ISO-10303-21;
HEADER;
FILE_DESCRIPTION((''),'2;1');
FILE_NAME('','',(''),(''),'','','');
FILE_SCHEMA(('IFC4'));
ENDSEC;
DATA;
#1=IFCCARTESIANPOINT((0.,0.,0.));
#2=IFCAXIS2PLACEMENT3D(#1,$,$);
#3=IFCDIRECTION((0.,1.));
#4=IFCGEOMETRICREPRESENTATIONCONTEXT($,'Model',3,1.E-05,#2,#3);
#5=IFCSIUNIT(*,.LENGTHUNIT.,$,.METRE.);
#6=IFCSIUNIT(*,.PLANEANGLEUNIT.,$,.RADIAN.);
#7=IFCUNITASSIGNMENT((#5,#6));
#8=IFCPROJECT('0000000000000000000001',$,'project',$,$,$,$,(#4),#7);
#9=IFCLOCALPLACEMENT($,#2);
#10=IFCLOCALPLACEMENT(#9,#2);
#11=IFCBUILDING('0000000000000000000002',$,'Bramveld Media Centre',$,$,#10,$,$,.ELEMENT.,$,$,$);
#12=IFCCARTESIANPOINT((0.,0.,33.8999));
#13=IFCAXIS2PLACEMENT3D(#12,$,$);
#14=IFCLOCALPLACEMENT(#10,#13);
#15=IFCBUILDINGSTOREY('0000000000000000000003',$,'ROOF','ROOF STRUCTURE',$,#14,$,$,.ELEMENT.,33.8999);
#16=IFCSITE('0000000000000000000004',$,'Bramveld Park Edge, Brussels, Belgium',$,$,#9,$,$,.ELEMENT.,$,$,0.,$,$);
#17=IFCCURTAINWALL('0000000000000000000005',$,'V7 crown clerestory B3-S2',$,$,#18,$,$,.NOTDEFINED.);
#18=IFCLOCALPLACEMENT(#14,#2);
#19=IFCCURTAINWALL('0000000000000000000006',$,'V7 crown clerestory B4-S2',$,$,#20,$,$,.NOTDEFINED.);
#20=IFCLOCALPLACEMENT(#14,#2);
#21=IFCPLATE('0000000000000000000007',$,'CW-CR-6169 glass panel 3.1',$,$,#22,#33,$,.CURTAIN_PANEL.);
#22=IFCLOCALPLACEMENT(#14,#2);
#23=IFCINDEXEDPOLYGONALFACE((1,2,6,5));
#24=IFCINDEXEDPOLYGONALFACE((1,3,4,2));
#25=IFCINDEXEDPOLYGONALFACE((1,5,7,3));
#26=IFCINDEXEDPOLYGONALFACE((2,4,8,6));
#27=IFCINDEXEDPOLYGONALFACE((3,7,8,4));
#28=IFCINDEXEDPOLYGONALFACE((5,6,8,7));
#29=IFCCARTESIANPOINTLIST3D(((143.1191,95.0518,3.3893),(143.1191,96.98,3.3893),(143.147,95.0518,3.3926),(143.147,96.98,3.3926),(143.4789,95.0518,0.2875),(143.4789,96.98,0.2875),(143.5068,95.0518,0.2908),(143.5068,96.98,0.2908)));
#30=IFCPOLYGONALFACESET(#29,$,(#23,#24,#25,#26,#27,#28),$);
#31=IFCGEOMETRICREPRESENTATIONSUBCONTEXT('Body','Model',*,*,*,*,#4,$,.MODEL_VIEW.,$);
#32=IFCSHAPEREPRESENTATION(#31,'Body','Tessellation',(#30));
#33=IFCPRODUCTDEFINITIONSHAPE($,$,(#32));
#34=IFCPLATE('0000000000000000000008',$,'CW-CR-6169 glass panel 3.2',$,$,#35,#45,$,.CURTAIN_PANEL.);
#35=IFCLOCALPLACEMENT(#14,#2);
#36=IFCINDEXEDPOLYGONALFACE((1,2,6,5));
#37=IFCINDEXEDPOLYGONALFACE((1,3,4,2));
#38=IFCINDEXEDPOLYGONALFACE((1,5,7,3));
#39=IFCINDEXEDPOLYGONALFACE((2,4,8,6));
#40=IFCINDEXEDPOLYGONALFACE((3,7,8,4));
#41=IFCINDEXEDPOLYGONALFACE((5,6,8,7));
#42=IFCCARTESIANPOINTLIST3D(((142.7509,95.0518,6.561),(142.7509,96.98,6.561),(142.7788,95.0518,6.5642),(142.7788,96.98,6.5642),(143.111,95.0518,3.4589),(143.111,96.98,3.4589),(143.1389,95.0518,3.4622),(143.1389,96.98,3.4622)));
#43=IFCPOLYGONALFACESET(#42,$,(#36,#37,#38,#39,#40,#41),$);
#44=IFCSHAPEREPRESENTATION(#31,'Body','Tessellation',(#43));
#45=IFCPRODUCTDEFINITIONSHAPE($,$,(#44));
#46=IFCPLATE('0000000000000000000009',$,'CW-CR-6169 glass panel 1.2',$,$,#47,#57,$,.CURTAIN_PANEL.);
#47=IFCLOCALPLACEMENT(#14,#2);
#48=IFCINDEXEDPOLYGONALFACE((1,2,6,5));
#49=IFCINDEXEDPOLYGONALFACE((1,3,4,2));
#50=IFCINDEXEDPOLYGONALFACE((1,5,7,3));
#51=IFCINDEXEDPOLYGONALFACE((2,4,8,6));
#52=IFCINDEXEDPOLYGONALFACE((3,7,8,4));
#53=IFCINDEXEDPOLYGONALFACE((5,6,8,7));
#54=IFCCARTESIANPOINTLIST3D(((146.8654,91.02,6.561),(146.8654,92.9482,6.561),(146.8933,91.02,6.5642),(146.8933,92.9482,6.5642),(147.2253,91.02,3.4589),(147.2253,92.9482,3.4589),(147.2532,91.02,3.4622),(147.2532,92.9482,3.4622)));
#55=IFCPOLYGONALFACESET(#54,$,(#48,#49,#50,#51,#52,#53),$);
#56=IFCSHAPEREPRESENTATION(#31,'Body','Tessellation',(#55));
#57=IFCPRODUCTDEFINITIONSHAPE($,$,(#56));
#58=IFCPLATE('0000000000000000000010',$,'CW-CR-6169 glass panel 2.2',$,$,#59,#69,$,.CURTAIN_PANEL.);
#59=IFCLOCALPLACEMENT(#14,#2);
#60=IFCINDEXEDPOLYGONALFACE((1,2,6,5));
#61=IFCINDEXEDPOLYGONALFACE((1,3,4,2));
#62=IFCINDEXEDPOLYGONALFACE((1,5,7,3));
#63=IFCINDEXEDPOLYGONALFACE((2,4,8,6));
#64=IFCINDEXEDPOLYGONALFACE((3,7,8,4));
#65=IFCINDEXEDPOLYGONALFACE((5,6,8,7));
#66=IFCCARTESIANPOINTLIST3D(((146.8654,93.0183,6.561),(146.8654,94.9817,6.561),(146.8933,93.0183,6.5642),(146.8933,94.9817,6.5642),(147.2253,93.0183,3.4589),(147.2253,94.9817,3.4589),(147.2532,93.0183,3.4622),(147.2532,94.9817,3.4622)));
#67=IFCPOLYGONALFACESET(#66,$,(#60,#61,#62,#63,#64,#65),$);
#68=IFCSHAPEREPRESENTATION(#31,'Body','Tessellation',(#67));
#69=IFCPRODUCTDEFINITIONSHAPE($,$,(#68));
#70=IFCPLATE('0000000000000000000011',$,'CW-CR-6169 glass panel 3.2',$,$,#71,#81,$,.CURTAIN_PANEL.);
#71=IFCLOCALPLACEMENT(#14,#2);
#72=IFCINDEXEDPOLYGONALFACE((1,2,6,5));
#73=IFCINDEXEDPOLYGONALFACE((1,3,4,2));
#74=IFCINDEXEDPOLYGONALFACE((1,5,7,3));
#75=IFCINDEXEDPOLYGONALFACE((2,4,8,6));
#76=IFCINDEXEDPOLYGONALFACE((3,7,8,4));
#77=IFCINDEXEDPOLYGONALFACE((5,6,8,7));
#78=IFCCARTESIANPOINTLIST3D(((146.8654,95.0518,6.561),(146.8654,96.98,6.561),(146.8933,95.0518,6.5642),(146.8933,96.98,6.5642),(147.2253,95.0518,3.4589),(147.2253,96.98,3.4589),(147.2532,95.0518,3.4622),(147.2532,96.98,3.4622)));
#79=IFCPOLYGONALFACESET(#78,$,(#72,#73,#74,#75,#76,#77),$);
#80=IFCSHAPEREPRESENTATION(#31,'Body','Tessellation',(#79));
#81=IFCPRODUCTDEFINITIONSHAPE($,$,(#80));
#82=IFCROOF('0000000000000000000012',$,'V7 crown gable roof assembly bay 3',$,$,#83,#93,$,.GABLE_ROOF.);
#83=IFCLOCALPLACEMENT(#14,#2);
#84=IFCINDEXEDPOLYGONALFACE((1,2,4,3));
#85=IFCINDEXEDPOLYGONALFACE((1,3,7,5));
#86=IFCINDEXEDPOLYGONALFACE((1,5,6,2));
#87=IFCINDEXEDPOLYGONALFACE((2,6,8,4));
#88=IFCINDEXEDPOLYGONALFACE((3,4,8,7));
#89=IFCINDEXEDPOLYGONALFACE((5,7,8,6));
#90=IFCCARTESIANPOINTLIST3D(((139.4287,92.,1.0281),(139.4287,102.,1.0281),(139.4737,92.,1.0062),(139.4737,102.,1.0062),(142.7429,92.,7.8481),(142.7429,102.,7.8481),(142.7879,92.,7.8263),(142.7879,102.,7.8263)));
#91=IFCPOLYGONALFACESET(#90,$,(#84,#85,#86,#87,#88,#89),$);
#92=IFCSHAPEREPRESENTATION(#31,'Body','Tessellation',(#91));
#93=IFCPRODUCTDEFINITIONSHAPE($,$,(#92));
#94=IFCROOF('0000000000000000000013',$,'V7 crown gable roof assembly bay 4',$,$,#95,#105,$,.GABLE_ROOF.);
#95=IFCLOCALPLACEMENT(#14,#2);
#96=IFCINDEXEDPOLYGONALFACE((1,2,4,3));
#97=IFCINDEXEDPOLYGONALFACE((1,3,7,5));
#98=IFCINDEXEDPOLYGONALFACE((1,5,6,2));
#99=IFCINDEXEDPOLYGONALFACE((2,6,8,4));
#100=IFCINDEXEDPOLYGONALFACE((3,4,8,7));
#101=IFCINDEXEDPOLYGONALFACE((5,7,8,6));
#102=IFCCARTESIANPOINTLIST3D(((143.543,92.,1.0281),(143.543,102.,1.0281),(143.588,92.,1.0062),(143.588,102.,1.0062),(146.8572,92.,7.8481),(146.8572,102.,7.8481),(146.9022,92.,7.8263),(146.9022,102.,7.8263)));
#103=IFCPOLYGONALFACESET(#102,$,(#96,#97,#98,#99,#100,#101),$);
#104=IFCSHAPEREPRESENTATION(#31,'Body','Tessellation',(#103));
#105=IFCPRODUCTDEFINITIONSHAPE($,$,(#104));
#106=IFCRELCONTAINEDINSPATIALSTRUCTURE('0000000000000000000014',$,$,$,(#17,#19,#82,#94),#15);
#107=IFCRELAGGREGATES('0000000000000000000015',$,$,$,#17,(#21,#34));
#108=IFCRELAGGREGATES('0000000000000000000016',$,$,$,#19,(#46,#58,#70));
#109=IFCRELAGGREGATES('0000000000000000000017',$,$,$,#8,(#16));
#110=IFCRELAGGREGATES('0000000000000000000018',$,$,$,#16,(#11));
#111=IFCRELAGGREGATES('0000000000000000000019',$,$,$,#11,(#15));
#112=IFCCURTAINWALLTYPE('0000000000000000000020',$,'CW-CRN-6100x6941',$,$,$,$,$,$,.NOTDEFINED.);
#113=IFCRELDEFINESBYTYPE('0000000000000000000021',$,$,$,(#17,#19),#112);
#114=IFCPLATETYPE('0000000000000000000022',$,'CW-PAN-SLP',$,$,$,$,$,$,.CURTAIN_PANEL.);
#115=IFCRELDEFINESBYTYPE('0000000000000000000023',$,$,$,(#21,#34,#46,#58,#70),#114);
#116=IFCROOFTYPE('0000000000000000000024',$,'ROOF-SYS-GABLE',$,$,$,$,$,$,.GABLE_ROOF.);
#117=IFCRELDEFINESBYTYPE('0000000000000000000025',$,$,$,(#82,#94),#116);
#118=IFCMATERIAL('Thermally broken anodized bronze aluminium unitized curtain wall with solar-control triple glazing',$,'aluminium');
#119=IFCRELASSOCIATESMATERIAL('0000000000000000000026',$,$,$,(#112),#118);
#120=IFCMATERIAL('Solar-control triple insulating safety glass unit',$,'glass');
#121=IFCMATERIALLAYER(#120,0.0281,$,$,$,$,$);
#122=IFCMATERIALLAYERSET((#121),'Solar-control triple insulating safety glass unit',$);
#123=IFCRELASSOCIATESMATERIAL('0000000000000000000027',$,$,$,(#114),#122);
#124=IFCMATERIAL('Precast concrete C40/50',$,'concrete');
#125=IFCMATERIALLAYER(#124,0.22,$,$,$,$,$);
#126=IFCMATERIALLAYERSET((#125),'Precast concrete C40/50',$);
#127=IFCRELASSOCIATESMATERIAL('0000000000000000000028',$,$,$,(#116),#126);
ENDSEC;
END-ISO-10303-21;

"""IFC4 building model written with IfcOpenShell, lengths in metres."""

from ifc_helpers import new_model, si_unit, direction, frame, origin, place, context, subcontext, project, spatial, polyline, outline, extrude, material, layer, layer_set, type_object, element, aggregate, save


model = new_model("IFC4")

# Units and contexts
model_context = context("Model", 3, precision=1e-05, world=origin(), true_north=direction((0.0, 1.0)))
body_context = subcontext(model_context, "Body", "Model", "MODEL_VIEW")
ifc_project = project(units=[si_unit("LENGTHUNIT", "METRE"), si_unit("PLANEANGLEUNIT", "RADIAN")], contexts=[model_context])

# Site, building, storey
site_placement = place(None, origin())
site = spatial("IfcSite", under=ifc_project, at=site_placement, Name="Bramveld Park Edge, Brussels, Belgium", CompositionType="ELEMENT", RefElevation=0.0)
building_placement = place(site_placement, origin())
building = spatial("IfcBuilding", under=site, at=building_placement, Name="Bramveld Media Centre", CompositionType="ELEMENT")
storey_placement = place(building_placement, frame((0.0, 0.0, 33.8999)))
storey = spatial("IfcBuildingStorey", under=building, at=storey_placement, Name="ROOF", Description="ROOF STRUCTURE", CompositionType="ELEMENT", Elevation=33.8999)

# Curtain wall
ifc_material_1 = material(Name="Thermally broken anodized bronze aluminium unitized curtain wall with solar-control triple glazing", Category="aluminium")
curtain_wall_type = type_object("IfcCurtainWallType", Name="CW-CRN-6100x6941", PredefinedType="NOTDEFINED", material=ifc_material_1)
curtain_wall_1_placement = place(storey_placement, origin())
curtain_wall_1 = element("IfcCurtainWall", 1, at=curtain_wall_1_placement, inside=storey, type_object=curtain_wall_type, Name="V7 crown clerestory B3-S2", PredefinedType="NOTDEFINED")

# Curtain wall
curtain_wall_2_placement = place(storey_placement, origin())
curtain_wall_2 = element("IfcCurtainWall", 2, at=curtain_wall_2_placement, inside=storey, type_object=curtain_wall_type, Name="V7 crown clerestory B4-S2", PredefinedType="NOTDEFINED")

# Plates
ifc_material_2 = material(Name="Solar-control triple insulating safety glass unit", Category="glass")
ifc_layer_1 = layer(ifc_material_2, 0.0281)
ifc_layer_set_1 = layer_set([ifc_layer_1], Name="Solar-control triple insulating safety glass unit")
plate_type = type_object("IfcPlateType", Name="CW-PAN-SLP", PredefinedType="CURTAIN_PANEL", material=ifc_layer_set_1)
plate_1_placement = place(storey_placement, frame((143.5068, 95.0518, 0.2908), z_axis=(0.993337, 0.0, 0.115244), x_axis=(0.0, 1.0, 0.0)))
plate_1 = element("IfcPlate", 3, at=plate_1_placement, type_object=plate_type, Name="CW-CR-6169 glass panel 3.1", PredefinedType="CURTAIN_PANEL", context=body_context, shape_type="SweptSolid", body=[
    extrude(outline(polyline([(0.0, 0.0), (1.9282, 0.0), (1.9282, 3.1226), (0.0, 3.1226), (0.0, 0.0)])), origin(), (0.0, 0.0, -1.0), 0.0281),
])
plate_2_placement = place(storey_placement, frame((143.1389, 95.0518, 3.4622), z_axis=(0.993329, 0.0, 0.115313), x_axis=(0.0, 1.0, 0.0)))
plate_2 = element("IfcPlate", 4, at=plate_2_placement, type_object=plate_type, Name="CW-CR-6169 glass panel 3.2", PredefinedType="CURTAIN_PANEL", context=body_context, shape_type="SweptSolid", body=[
    extrude(outline(polyline([(0.0, 0.0), (1.9282, 0.0), (1.9282, 3.1229), (0.0, 3.1229), (0.0, 0.0)])), origin(), (0.0, 0.0, -1.0), 0.0281),
])
aggregate(curtain_wall_1, [plate_1, plate_2])
plate_3_placement = place(storey_placement, frame((147.2532, 91.02, 3.4622), z_axis=(0.993338, 0.0, 0.115235), x_axis=(0.0, 1.0, 0.0)))
plate_3 = element("IfcPlate", 5, at=plate_3_placement, type_object=plate_type, Name="CW-CR-6169 glass panel 1.2", PredefinedType="CURTAIN_PANEL", context=body_context, shape_type="SweptSolid", body=[
    extrude(outline(polyline([(0.0, 0.0), (1.9282, 0.0), (1.9282, 3.1229), (0.0, 3.1229), (0.0, 0.0)])), origin(), (0.0, 0.0, -1.0), 0.0281),
])
plate_4_placement = place(storey_placement, frame((147.2532, 93.0183, 3.4622), z_axis=(0.993338, 0.0, 0.115235), x_axis=(0.0, 1.0, 0.0)))
plate_4 = element("IfcPlate", 6, at=plate_4_placement, type_object=plate_type, Name="CW-CR-6169 glass panel 2.2", PredefinedType="CURTAIN_PANEL", context=body_context, shape_type="SweptSolid", body=[
    extrude(outline(polyline([(0.0, 0.0), (1.9634, 0.0), (1.9634, 3.1229), (0.0, 3.1229), (0.0, 0.0)])), origin(), (0.0, 0.0, -1.0), 0.0281),
])
plate_5_placement = place(storey_placement, frame((147.2532, 95.0518, 3.4622), z_axis=(0.993338, 0.0, 0.115235), x_axis=(0.0, 1.0, 0.0)))
plate_5 = element("IfcPlate", 7, at=plate_5_placement, type_object=plate_type, Name="CW-CR-6169 glass panel 3.2", PredefinedType="CURTAIN_PANEL", context=body_context, shape_type="SweptSolid", body=[
    extrude(outline(polyline([(0.0, 0.0), (1.9282, 0.0), (1.9282, 3.1229), (0.0, 3.1229), (0.0, 0.0)])), origin(), (0.0, 0.0, -1.0), 0.0281),
])
aggregate(curtain_wall_2, [plate_3, plate_4, plate_5])

# Roofs
ifc_material_3 = material(Name="Precast concrete C40/50", Category="concrete")
ifc_layer_2 = layer(ifc_material_3, 0.22)
ifc_layer_set_2 = layer_set([ifc_layer_2], Name="Precast concrete C40/50")
roof_type = type_object("IfcRoofType", Name="ROOF-SYS-GABLE", PredefinedType="GABLE_ROOF", material=ifc_layer_set_2)
for number, where, z_axis, x_axis, name in (
    (8, (139.4287, 92.0, 1.0281), (-0.899425, 0.0, 0.437075), (0.437075, 0.0, 0.899425), "V7 crown gable roof assembly bay 3"),
    (9, (143.543, 92.0, 1.0281), (-0.899425, 0.0, 0.437075), (0.437075, 0.0, 0.899425), "V7 crown gable roof assembly bay 4"),
):
    element("IfcRoof", number, at=place(storey_placement, frame(where, z_axis=z_axis, x_axis=x_axis)), inside=storey, type_object=roof_type, Name=name, PredefinedType="GABLE_ROOF", context=body_context, shape_type="SweptSolid", body=[
        extrude(outline(polyline([(0.0, 0.0), (7.5827, 0.0), (7.5827, 10.0), (0.0, 10.0), (0.0, 0.0)])), origin(), (0.0, 0.0, -1.0), 0.05),
    ])

save(model, "model.ifc")
